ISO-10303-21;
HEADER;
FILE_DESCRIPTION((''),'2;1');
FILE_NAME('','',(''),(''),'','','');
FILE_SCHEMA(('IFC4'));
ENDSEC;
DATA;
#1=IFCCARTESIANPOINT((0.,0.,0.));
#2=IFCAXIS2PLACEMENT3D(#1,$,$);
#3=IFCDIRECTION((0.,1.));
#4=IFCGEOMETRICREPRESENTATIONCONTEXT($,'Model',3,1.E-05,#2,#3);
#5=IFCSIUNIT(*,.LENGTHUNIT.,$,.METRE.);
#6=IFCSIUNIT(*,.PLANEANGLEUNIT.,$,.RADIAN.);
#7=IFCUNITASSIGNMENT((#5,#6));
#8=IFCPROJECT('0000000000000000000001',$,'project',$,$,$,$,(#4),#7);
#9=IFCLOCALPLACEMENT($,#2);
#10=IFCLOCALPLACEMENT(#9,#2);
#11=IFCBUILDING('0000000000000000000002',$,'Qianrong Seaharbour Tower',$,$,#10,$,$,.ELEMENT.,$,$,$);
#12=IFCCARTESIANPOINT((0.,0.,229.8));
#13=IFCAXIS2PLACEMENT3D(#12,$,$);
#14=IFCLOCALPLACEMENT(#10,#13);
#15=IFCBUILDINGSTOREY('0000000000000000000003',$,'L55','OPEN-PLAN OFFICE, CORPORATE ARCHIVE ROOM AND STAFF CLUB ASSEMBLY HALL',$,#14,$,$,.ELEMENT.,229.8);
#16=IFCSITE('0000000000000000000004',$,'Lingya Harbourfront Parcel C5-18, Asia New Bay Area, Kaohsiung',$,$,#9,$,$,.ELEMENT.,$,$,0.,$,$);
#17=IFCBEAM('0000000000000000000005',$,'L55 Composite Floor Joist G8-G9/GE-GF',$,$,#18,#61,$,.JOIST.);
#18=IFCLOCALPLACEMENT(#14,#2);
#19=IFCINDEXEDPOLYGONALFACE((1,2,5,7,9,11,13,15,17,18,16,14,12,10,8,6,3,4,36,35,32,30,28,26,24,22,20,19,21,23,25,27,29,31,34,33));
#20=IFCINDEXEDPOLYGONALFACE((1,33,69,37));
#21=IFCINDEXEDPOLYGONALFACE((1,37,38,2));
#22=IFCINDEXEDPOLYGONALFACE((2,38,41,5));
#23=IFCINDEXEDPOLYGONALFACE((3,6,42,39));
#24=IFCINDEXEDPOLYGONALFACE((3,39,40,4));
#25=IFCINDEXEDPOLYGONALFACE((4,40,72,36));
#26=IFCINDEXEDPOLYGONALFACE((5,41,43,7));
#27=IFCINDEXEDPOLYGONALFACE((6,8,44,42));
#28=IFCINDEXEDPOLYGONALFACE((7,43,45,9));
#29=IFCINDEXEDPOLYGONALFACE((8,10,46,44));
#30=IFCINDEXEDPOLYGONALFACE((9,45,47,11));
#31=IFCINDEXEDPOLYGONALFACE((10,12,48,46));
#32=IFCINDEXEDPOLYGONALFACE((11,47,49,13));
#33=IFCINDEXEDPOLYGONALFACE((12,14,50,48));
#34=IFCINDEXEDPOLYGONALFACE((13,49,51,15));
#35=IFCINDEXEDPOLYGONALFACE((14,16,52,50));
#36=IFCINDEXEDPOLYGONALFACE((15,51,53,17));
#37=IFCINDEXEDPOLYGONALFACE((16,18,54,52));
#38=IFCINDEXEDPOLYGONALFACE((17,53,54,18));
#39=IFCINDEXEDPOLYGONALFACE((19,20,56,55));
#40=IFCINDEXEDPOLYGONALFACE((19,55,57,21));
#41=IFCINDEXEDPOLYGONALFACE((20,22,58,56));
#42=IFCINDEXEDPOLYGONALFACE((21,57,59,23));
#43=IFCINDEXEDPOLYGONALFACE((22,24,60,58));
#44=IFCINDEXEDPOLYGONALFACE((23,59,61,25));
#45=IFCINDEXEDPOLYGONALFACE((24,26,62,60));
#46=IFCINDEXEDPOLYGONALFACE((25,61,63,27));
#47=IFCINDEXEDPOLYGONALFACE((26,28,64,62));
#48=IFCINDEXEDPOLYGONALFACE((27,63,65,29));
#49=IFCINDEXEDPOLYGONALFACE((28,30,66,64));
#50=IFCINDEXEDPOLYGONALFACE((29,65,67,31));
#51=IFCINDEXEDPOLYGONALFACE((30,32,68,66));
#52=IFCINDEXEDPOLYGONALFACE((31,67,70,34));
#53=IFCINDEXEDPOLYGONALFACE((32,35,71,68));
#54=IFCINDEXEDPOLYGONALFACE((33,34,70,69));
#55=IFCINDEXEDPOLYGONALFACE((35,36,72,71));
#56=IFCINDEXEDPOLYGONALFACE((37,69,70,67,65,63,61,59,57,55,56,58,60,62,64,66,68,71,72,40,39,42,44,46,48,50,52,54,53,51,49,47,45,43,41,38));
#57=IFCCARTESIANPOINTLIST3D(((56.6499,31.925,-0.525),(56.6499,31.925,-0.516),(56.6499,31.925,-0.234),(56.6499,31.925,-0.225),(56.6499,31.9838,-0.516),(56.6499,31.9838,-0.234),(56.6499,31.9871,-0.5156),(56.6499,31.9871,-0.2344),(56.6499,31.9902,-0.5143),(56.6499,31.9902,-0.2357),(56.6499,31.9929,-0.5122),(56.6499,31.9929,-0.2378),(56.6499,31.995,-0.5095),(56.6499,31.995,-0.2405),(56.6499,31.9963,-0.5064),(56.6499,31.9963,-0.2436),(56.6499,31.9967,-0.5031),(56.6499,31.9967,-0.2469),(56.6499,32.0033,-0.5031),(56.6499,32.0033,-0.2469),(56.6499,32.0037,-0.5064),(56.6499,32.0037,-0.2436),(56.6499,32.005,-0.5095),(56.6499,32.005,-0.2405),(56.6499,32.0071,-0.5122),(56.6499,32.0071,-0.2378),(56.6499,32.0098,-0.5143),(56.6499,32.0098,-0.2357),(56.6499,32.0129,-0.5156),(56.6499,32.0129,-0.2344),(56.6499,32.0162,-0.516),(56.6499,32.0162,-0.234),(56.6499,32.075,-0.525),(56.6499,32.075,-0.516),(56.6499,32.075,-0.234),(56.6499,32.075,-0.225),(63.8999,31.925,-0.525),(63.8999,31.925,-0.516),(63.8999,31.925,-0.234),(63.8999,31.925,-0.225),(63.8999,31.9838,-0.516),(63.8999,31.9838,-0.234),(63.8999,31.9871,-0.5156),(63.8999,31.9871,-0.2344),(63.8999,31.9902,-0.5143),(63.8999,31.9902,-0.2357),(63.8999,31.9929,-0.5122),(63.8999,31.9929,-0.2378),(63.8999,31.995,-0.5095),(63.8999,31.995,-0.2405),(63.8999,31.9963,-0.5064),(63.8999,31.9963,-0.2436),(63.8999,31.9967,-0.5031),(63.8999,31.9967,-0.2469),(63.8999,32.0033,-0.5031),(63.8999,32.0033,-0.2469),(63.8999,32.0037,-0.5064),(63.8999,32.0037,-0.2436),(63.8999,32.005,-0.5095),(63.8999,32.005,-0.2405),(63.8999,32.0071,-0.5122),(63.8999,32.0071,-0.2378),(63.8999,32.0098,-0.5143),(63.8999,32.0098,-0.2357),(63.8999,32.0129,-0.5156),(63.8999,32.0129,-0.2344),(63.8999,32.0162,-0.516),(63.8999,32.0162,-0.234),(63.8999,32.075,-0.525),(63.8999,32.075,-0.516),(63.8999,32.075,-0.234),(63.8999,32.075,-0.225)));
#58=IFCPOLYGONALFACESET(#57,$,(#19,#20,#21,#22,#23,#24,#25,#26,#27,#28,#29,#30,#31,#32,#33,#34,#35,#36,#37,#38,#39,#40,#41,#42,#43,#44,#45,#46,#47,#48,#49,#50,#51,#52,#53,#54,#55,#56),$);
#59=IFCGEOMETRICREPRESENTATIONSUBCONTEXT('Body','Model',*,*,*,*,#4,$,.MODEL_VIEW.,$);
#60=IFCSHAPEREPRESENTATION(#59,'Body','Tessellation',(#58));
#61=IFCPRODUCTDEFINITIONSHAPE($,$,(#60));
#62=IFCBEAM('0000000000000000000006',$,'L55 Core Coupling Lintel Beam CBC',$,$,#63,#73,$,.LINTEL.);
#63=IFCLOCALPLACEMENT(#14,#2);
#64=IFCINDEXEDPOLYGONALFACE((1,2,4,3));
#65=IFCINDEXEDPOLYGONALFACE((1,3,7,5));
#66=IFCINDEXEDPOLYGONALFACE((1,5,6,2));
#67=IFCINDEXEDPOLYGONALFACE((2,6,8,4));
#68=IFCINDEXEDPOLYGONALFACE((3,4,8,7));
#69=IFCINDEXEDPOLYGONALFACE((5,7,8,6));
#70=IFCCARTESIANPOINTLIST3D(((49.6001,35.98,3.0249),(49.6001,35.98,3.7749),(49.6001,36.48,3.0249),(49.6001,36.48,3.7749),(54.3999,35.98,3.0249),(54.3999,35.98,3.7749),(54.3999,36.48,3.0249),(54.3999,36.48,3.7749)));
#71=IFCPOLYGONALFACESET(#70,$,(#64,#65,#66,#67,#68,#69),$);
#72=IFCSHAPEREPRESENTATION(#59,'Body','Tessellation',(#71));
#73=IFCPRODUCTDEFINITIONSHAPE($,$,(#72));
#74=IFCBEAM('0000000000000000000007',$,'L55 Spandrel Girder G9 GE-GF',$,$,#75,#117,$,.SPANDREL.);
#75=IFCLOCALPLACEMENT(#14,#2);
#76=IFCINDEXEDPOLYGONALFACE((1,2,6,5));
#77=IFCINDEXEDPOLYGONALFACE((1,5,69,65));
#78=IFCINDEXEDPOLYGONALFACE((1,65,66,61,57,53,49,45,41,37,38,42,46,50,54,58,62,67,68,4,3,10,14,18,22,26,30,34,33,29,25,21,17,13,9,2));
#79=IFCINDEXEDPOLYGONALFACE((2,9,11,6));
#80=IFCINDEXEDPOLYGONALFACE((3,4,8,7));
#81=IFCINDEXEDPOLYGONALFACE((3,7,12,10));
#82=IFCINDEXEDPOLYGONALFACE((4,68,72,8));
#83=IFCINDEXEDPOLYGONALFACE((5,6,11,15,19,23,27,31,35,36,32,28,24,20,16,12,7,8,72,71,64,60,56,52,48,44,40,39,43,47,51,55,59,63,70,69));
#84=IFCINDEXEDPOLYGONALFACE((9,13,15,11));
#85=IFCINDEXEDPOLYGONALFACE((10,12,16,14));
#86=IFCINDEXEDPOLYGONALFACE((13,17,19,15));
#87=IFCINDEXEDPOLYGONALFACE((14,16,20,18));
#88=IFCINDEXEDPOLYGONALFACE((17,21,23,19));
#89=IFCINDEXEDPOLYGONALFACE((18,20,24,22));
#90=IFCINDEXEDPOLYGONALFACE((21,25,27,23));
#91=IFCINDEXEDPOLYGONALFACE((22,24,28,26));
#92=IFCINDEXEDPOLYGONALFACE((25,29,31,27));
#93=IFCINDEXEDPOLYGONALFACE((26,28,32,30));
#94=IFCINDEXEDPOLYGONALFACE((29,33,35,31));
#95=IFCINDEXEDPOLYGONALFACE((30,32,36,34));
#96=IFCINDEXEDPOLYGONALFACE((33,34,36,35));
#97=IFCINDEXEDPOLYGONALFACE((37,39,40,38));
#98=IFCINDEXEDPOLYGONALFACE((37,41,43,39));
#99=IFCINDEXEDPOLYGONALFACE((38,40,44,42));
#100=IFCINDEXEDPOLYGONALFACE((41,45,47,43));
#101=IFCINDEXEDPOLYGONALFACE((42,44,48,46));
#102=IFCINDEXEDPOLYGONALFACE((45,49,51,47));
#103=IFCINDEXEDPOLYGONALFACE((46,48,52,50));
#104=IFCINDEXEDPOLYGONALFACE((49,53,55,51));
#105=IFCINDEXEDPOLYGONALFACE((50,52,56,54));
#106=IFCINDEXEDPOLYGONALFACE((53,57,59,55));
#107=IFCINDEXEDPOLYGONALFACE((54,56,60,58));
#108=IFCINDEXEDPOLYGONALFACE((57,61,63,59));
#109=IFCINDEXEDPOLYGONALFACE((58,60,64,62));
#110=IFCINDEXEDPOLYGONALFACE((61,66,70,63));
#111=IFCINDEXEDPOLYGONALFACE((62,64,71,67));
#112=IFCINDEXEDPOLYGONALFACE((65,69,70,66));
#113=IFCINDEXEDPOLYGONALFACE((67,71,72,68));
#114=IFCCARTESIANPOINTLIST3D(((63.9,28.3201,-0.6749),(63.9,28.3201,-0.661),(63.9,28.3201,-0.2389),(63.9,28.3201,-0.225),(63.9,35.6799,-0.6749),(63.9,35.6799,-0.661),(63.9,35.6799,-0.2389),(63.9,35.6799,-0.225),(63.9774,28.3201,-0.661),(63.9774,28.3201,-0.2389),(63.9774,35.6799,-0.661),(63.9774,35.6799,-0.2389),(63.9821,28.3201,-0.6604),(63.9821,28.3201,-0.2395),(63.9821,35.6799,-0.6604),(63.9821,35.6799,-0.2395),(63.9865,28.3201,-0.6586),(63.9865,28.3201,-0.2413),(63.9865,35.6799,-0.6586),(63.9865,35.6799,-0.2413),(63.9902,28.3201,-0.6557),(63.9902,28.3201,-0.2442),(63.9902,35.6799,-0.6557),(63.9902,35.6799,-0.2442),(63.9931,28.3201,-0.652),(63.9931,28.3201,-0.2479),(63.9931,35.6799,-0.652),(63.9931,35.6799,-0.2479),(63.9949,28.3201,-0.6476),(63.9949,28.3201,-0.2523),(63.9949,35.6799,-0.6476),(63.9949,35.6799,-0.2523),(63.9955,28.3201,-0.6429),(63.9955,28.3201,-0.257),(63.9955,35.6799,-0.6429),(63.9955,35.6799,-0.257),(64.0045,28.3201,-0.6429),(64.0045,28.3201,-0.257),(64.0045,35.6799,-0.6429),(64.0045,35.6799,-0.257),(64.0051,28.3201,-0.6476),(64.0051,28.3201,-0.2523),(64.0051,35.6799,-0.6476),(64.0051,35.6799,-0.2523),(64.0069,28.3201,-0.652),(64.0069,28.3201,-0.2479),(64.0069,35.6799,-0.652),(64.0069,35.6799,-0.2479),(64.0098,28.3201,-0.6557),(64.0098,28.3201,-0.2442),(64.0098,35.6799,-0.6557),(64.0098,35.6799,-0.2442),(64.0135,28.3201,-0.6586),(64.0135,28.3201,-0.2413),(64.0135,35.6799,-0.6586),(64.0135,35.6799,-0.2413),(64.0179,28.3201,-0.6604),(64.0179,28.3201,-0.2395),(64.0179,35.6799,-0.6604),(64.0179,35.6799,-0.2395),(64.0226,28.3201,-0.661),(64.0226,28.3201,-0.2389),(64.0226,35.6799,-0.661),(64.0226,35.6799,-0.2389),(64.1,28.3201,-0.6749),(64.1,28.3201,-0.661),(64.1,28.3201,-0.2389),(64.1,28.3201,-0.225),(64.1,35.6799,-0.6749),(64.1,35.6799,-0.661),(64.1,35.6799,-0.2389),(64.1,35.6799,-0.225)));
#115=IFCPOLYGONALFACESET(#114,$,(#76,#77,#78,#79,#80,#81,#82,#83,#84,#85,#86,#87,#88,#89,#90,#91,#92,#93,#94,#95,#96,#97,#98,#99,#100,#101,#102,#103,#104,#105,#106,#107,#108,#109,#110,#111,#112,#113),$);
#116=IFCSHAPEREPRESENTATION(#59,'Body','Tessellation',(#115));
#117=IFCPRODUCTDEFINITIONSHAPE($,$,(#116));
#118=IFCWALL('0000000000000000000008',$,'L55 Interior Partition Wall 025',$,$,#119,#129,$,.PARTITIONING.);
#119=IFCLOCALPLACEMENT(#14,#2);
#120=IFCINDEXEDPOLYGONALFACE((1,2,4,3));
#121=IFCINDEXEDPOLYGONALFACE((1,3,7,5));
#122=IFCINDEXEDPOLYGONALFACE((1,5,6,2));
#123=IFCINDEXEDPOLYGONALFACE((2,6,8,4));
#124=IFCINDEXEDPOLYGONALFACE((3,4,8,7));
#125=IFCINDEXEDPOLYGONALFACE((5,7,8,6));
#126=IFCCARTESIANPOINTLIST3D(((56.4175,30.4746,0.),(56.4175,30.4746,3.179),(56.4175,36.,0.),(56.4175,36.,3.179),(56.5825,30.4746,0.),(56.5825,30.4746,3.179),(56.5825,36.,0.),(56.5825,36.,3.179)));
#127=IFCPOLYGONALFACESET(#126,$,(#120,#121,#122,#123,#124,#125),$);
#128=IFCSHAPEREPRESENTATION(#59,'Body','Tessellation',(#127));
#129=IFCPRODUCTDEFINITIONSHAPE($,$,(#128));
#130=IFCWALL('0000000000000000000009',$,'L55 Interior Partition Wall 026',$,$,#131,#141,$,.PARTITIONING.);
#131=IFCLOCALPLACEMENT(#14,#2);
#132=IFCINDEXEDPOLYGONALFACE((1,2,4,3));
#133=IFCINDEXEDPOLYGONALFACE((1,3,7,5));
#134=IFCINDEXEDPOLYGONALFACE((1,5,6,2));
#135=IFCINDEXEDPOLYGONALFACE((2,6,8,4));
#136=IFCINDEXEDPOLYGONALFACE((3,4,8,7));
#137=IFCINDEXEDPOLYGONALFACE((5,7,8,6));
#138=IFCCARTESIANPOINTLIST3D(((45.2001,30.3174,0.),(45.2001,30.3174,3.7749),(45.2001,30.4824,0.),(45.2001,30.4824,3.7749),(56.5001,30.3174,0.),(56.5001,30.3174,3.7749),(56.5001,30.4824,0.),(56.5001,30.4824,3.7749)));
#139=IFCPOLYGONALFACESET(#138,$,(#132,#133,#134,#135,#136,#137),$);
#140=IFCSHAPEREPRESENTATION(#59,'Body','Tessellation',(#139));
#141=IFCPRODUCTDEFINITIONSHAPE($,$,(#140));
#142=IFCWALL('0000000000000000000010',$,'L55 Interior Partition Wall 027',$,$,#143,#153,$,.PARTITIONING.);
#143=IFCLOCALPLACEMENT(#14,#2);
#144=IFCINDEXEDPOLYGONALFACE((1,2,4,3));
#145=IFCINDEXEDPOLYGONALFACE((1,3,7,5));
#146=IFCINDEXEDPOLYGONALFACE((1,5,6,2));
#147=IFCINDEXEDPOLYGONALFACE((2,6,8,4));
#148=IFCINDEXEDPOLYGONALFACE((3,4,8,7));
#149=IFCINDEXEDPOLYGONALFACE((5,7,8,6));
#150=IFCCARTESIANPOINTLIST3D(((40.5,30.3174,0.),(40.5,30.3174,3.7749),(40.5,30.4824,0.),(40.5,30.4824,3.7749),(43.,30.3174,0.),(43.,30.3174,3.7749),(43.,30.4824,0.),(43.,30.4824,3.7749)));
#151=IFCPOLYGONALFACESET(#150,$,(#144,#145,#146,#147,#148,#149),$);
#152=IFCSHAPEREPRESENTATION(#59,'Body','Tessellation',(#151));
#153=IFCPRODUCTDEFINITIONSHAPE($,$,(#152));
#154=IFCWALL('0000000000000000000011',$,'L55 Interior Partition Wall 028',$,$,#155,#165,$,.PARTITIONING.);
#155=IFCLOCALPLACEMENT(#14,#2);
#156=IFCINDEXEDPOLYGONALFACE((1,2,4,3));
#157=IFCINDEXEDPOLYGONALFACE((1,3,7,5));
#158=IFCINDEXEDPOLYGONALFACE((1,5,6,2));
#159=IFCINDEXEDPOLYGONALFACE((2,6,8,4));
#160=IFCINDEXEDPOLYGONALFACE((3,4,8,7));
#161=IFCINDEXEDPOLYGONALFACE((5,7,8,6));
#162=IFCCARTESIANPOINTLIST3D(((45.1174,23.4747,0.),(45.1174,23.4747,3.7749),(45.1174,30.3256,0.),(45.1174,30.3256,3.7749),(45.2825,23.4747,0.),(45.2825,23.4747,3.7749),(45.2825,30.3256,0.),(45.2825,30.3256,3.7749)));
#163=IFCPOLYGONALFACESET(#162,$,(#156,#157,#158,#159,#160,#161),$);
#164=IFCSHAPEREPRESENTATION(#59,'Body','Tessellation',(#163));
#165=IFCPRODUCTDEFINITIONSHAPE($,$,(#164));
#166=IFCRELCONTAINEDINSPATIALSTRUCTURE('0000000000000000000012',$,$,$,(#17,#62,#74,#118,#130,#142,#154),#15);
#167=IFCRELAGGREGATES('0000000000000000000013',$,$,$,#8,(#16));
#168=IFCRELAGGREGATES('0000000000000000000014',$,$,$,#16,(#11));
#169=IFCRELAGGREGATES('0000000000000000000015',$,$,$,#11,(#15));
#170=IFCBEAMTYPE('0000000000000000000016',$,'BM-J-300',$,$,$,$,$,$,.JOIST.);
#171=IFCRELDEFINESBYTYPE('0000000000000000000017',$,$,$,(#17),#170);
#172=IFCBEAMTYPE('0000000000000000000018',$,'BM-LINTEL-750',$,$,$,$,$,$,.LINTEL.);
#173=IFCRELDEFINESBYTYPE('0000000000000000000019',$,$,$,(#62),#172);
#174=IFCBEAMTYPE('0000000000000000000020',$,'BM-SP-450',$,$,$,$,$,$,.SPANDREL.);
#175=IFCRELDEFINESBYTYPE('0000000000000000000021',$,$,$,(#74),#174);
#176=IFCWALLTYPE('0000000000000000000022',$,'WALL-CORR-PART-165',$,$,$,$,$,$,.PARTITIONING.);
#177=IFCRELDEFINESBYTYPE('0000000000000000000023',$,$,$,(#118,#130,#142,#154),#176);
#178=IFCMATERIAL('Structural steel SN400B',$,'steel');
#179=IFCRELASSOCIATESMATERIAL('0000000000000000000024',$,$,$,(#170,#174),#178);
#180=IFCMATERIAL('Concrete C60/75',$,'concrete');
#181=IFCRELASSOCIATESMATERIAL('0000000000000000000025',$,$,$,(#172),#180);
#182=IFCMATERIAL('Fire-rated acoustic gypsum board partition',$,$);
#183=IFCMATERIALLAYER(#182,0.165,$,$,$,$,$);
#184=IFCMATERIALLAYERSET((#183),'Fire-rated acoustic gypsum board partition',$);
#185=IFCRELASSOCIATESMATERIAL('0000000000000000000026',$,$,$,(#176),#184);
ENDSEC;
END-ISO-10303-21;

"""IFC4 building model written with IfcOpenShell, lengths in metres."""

from ifc_helpers import new_model, si_unit, direction, frame, frame_2d, origin, origin_2d, place, context, subcontext, project, spatial, rectangle, i_section, extrude, material, layer, layer_set, material_profile, profile_set, type_object, element, save


model = new_model("IFC4")

# Units and contexts
model_context = context("Model", 3, precision=1e-05, world=origin(), true_north=direction((0.0, 1.0)))
body_context = subcontext(model_context, "Body", "Model", "MODEL_VIEW")
ifc_project = project(units=[si_unit("LENGTHUNIT", "METRE"), si_unit("PLANEANGLEUNIT", "RADIAN")], contexts=[model_context])

# Site, building, storey
site_placement = place(None, origin())
site = spatial("IfcSite", under=ifc_project, at=site_placement, Name="Lingya Harbourfront Parcel C5-18, Asia New Bay Area, Kaohsiung", CompositionType="ELEMENT", RefElevation=0.0)
building_placement = place(site_placement, origin())
building = spatial("IfcBuilding", under=site, at=building_placement, Name="Qianrong Seaharbour Tower", CompositionType="ELEMENT")
storey_placement = place(building_placement, frame((0.0, 0.0, 229.8)))
storey = spatial("IfcBuildingStorey", under=building, at=storey_placement, Name="L55", Description="OPEN-PLAN OFFICE, CORPORATE ARCHIVE ROOM AND STAFF CLUB ASSEMBLY HALL", CompositionType="ELEMENT", Elevation=229.8)

# Beams
ifc_material_1 = material(Name="Structural steel SN400B", Category="steel")
ifc_material_profile_1 = material_profile(ifc_material_1, i_section(OverallWidth=0.1499, OverallDepth=0.3, WebThickness=0.0066, FlangeThickness=0.009, FilletRadius=0.0129, at=origin_2d()), Name="H300x150x6.5x9")
ifc_profile_set_1 = profile_set([ifc_material_profile_1], Name="Structural steel SN400B")
beam_type_1 = type_object("IfcBeamType", Name="BM-J-300", PredefinedType="JOIST", material=ifc_profile_set_1)
for number, where, z_axis, x_axis, name in (
    (1, (56.6499, 32.0, -0.375), (1.0, 0.0, 0.0), (0.0, 1.0, 0.0), "L55 Composite Floor Joist G8-G9/GE-GF"),
):
    element("IfcBeam", number, at=place(storey_placement, frame(where, z_axis=z_axis, x_axis=x_axis)), inside=storey, type_object=beam_type_1, Name=name, PredefinedType="JOIST", context=body_context, shape_type="SweptSolid", body=[
        extrude(i_section(OverallWidth=0.1499, OverallDepth=0.3, WebThickness=0.0066, FlangeThickness=0.009, FilletRadius=0.0129, at=origin_2d()), origin(), (0.0, 0.0, 1.0), 7.25),
    ])
ifc_material_2 = material(Name="Concrete C60/75", Category="concrete")
ifc_material_profile_2 = material_profile(ifc_material_2, rectangle(XDim=0.5, YDim=0.75, at=origin_2d()), Name="RC500x750")
ifc_profile_set_2 = profile_set([ifc_material_profile_2], Name="Concrete C60/75")
beam_type_2 = type_object("IfcBeamType", Name="BM-LINTEL-750", PredefinedType="LINTEL", material=ifc_profile_set_2)
beam_1_placement = place(storey_placement, frame((49.6001, 36.23, 3.3999), z_axis=(1.0, 0.0, 0.0), x_axis=(0.0, 1.0, 0.0)))
element("IfcBeam", 2, at=beam_1_placement, inside=storey, type_object=beam_type_2, Name="L55 Core Coupling Lintel Beam CBC", PredefinedType="LINTEL", context=body_context, shape_type="SweptSolid", body=[
    extrude(rectangle(XDim=0.5, YDim=0.75, at=origin_2d()), origin(), (0.0, 0.0, 1.0), 4.7998),
])
ifc_material_profile_3 = material_profile(ifc_material_1, i_section(OverallWidth=0.2, OverallDepth=0.45, WebThickness=0.009, FlangeThickness=0.0139, FilletRadius=0.0181, at=origin_2d()), Name="H450x200x9x14")
ifc_profile_set_3 = profile_set([ifc_material_profile_3], Name="Structural steel SN400B")
beam_type_3 = type_object("IfcBeamType", Name="BM-SP-450", PredefinedType="SPANDREL", material=ifc_profile_set_3)
beam_2_placement = place(storey_placement, frame((64.0, 28.3201, -0.45), z_axis=(0.0, 1.0, 0.0), x_axis=(-1.0, 0.0, 0.0)))
element("IfcBeam", 3, at=beam_2_placement, inside=storey, type_object=beam_type_3, Name="L55 Spandrel Girder G9 GE-GF", PredefinedType="SPANDREL", context=body_context, shape_type="SweptSolid", body=[
    extrude(i_section(OverallWidth=0.2, OverallDepth=0.45, WebThickness=0.009, FlangeThickness=0.0139, FilletRadius=0.0181, at=origin_2d()), origin(), (0.0, 0.0, 1.0), 7.3599),
])

# Walls
ifc_material_3 = material(Name="Fire-rated acoustic gypsum board partition")
ifc_layer_1 = layer(ifc_material_3, 0.165)
ifc_layer_set_1 = layer_set([ifc_layer_1], Name="Fire-rated acoustic gypsum board partition")
wall_type_1 = type_object("IfcWallType", Name="WALL-CORR-PART-165", PredefinedType="PARTITIONING", material=ifc_layer_set_1)
wall_1_placement = place(storey_placement, frame((56.5, 36.0, 0.0), z_axis=(0.0, 0.0, 1.0), x_axis=(0.0, -1.0, 0.0)))
element("IfcWall", 4, at=wall_1_placement, inside=storey, type_object=wall_type_1, Name="L55 Interior Partition Wall 025", PredefinedType="PARTITIONING", context=body_context, shape_type="SweptSolid", body=[
    extrude(rectangle(XDim=5.5254, YDim=0.165, at=frame_2d((2.7627, 0.0))), origin(), (0.0, 0.0, 1.0), 3.179),
])
wall_2_placement = place(storey_placement, frame((56.5, 30.3999, 0.0), z_axis=(0.0, 0.0, 1.0), x_axis=(-1.0, 0.0, 0.0)))
element("IfcWall", 5, at=wall_2_placement, inside=storey, type_object=wall_type_1, Name="L55 Interior Partition Wall 026", PredefinedType="PARTITIONING", context=body_context, shape_type="SweptSolid", body=[
    extrude(rectangle(XDim=11.3, YDim=0.165, at=frame_2d((5.6499, 0.0))), origin(), (0.0, 0.0, 1.0), 3.7749),
])
wall_3_placement = place(storey_placement, frame((43.0, 30.3999, 0.0), z_axis=(0.0, 0.0, 1.0), x_axis=(-1.0, 0.0, 0.0)))
element("IfcWall", 6, at=wall_3_placement, inside=storey, type_object=wall_type_1, Name="L55 Interior Partition Wall 027", PredefinedType="PARTITIONING", context=body_context, shape_type="SweptSolid", body=[
    extrude(rectangle(XDim=2.5, YDim=0.165, at=frame_2d((1.25, 0.0))), origin(), (0.0, 0.0, 1.0), 3.7749),
])
wall_4_placement = place(storey_placement, frame((45.2, 30.3254, 0.0), z_axis=(0.0, 0.0, 1.0), x_axis=(0.0, -1.0, 0.0)))
element("IfcWall", 7, at=wall_4_placement, inside=storey, type_object=wall_type_1, Name="L55 Interior Partition Wall 028", PredefinedType="PARTITIONING", context=body_context, shape_type="SweptSolid", body=[
    extrude(rectangle(XDim=6.8508, YDim=0.165, at=frame_2d((3.4253, 0.0))), origin(), (0.0, 0.0, 1.0), 3.7749),
])

save(model, "model.ifc")
